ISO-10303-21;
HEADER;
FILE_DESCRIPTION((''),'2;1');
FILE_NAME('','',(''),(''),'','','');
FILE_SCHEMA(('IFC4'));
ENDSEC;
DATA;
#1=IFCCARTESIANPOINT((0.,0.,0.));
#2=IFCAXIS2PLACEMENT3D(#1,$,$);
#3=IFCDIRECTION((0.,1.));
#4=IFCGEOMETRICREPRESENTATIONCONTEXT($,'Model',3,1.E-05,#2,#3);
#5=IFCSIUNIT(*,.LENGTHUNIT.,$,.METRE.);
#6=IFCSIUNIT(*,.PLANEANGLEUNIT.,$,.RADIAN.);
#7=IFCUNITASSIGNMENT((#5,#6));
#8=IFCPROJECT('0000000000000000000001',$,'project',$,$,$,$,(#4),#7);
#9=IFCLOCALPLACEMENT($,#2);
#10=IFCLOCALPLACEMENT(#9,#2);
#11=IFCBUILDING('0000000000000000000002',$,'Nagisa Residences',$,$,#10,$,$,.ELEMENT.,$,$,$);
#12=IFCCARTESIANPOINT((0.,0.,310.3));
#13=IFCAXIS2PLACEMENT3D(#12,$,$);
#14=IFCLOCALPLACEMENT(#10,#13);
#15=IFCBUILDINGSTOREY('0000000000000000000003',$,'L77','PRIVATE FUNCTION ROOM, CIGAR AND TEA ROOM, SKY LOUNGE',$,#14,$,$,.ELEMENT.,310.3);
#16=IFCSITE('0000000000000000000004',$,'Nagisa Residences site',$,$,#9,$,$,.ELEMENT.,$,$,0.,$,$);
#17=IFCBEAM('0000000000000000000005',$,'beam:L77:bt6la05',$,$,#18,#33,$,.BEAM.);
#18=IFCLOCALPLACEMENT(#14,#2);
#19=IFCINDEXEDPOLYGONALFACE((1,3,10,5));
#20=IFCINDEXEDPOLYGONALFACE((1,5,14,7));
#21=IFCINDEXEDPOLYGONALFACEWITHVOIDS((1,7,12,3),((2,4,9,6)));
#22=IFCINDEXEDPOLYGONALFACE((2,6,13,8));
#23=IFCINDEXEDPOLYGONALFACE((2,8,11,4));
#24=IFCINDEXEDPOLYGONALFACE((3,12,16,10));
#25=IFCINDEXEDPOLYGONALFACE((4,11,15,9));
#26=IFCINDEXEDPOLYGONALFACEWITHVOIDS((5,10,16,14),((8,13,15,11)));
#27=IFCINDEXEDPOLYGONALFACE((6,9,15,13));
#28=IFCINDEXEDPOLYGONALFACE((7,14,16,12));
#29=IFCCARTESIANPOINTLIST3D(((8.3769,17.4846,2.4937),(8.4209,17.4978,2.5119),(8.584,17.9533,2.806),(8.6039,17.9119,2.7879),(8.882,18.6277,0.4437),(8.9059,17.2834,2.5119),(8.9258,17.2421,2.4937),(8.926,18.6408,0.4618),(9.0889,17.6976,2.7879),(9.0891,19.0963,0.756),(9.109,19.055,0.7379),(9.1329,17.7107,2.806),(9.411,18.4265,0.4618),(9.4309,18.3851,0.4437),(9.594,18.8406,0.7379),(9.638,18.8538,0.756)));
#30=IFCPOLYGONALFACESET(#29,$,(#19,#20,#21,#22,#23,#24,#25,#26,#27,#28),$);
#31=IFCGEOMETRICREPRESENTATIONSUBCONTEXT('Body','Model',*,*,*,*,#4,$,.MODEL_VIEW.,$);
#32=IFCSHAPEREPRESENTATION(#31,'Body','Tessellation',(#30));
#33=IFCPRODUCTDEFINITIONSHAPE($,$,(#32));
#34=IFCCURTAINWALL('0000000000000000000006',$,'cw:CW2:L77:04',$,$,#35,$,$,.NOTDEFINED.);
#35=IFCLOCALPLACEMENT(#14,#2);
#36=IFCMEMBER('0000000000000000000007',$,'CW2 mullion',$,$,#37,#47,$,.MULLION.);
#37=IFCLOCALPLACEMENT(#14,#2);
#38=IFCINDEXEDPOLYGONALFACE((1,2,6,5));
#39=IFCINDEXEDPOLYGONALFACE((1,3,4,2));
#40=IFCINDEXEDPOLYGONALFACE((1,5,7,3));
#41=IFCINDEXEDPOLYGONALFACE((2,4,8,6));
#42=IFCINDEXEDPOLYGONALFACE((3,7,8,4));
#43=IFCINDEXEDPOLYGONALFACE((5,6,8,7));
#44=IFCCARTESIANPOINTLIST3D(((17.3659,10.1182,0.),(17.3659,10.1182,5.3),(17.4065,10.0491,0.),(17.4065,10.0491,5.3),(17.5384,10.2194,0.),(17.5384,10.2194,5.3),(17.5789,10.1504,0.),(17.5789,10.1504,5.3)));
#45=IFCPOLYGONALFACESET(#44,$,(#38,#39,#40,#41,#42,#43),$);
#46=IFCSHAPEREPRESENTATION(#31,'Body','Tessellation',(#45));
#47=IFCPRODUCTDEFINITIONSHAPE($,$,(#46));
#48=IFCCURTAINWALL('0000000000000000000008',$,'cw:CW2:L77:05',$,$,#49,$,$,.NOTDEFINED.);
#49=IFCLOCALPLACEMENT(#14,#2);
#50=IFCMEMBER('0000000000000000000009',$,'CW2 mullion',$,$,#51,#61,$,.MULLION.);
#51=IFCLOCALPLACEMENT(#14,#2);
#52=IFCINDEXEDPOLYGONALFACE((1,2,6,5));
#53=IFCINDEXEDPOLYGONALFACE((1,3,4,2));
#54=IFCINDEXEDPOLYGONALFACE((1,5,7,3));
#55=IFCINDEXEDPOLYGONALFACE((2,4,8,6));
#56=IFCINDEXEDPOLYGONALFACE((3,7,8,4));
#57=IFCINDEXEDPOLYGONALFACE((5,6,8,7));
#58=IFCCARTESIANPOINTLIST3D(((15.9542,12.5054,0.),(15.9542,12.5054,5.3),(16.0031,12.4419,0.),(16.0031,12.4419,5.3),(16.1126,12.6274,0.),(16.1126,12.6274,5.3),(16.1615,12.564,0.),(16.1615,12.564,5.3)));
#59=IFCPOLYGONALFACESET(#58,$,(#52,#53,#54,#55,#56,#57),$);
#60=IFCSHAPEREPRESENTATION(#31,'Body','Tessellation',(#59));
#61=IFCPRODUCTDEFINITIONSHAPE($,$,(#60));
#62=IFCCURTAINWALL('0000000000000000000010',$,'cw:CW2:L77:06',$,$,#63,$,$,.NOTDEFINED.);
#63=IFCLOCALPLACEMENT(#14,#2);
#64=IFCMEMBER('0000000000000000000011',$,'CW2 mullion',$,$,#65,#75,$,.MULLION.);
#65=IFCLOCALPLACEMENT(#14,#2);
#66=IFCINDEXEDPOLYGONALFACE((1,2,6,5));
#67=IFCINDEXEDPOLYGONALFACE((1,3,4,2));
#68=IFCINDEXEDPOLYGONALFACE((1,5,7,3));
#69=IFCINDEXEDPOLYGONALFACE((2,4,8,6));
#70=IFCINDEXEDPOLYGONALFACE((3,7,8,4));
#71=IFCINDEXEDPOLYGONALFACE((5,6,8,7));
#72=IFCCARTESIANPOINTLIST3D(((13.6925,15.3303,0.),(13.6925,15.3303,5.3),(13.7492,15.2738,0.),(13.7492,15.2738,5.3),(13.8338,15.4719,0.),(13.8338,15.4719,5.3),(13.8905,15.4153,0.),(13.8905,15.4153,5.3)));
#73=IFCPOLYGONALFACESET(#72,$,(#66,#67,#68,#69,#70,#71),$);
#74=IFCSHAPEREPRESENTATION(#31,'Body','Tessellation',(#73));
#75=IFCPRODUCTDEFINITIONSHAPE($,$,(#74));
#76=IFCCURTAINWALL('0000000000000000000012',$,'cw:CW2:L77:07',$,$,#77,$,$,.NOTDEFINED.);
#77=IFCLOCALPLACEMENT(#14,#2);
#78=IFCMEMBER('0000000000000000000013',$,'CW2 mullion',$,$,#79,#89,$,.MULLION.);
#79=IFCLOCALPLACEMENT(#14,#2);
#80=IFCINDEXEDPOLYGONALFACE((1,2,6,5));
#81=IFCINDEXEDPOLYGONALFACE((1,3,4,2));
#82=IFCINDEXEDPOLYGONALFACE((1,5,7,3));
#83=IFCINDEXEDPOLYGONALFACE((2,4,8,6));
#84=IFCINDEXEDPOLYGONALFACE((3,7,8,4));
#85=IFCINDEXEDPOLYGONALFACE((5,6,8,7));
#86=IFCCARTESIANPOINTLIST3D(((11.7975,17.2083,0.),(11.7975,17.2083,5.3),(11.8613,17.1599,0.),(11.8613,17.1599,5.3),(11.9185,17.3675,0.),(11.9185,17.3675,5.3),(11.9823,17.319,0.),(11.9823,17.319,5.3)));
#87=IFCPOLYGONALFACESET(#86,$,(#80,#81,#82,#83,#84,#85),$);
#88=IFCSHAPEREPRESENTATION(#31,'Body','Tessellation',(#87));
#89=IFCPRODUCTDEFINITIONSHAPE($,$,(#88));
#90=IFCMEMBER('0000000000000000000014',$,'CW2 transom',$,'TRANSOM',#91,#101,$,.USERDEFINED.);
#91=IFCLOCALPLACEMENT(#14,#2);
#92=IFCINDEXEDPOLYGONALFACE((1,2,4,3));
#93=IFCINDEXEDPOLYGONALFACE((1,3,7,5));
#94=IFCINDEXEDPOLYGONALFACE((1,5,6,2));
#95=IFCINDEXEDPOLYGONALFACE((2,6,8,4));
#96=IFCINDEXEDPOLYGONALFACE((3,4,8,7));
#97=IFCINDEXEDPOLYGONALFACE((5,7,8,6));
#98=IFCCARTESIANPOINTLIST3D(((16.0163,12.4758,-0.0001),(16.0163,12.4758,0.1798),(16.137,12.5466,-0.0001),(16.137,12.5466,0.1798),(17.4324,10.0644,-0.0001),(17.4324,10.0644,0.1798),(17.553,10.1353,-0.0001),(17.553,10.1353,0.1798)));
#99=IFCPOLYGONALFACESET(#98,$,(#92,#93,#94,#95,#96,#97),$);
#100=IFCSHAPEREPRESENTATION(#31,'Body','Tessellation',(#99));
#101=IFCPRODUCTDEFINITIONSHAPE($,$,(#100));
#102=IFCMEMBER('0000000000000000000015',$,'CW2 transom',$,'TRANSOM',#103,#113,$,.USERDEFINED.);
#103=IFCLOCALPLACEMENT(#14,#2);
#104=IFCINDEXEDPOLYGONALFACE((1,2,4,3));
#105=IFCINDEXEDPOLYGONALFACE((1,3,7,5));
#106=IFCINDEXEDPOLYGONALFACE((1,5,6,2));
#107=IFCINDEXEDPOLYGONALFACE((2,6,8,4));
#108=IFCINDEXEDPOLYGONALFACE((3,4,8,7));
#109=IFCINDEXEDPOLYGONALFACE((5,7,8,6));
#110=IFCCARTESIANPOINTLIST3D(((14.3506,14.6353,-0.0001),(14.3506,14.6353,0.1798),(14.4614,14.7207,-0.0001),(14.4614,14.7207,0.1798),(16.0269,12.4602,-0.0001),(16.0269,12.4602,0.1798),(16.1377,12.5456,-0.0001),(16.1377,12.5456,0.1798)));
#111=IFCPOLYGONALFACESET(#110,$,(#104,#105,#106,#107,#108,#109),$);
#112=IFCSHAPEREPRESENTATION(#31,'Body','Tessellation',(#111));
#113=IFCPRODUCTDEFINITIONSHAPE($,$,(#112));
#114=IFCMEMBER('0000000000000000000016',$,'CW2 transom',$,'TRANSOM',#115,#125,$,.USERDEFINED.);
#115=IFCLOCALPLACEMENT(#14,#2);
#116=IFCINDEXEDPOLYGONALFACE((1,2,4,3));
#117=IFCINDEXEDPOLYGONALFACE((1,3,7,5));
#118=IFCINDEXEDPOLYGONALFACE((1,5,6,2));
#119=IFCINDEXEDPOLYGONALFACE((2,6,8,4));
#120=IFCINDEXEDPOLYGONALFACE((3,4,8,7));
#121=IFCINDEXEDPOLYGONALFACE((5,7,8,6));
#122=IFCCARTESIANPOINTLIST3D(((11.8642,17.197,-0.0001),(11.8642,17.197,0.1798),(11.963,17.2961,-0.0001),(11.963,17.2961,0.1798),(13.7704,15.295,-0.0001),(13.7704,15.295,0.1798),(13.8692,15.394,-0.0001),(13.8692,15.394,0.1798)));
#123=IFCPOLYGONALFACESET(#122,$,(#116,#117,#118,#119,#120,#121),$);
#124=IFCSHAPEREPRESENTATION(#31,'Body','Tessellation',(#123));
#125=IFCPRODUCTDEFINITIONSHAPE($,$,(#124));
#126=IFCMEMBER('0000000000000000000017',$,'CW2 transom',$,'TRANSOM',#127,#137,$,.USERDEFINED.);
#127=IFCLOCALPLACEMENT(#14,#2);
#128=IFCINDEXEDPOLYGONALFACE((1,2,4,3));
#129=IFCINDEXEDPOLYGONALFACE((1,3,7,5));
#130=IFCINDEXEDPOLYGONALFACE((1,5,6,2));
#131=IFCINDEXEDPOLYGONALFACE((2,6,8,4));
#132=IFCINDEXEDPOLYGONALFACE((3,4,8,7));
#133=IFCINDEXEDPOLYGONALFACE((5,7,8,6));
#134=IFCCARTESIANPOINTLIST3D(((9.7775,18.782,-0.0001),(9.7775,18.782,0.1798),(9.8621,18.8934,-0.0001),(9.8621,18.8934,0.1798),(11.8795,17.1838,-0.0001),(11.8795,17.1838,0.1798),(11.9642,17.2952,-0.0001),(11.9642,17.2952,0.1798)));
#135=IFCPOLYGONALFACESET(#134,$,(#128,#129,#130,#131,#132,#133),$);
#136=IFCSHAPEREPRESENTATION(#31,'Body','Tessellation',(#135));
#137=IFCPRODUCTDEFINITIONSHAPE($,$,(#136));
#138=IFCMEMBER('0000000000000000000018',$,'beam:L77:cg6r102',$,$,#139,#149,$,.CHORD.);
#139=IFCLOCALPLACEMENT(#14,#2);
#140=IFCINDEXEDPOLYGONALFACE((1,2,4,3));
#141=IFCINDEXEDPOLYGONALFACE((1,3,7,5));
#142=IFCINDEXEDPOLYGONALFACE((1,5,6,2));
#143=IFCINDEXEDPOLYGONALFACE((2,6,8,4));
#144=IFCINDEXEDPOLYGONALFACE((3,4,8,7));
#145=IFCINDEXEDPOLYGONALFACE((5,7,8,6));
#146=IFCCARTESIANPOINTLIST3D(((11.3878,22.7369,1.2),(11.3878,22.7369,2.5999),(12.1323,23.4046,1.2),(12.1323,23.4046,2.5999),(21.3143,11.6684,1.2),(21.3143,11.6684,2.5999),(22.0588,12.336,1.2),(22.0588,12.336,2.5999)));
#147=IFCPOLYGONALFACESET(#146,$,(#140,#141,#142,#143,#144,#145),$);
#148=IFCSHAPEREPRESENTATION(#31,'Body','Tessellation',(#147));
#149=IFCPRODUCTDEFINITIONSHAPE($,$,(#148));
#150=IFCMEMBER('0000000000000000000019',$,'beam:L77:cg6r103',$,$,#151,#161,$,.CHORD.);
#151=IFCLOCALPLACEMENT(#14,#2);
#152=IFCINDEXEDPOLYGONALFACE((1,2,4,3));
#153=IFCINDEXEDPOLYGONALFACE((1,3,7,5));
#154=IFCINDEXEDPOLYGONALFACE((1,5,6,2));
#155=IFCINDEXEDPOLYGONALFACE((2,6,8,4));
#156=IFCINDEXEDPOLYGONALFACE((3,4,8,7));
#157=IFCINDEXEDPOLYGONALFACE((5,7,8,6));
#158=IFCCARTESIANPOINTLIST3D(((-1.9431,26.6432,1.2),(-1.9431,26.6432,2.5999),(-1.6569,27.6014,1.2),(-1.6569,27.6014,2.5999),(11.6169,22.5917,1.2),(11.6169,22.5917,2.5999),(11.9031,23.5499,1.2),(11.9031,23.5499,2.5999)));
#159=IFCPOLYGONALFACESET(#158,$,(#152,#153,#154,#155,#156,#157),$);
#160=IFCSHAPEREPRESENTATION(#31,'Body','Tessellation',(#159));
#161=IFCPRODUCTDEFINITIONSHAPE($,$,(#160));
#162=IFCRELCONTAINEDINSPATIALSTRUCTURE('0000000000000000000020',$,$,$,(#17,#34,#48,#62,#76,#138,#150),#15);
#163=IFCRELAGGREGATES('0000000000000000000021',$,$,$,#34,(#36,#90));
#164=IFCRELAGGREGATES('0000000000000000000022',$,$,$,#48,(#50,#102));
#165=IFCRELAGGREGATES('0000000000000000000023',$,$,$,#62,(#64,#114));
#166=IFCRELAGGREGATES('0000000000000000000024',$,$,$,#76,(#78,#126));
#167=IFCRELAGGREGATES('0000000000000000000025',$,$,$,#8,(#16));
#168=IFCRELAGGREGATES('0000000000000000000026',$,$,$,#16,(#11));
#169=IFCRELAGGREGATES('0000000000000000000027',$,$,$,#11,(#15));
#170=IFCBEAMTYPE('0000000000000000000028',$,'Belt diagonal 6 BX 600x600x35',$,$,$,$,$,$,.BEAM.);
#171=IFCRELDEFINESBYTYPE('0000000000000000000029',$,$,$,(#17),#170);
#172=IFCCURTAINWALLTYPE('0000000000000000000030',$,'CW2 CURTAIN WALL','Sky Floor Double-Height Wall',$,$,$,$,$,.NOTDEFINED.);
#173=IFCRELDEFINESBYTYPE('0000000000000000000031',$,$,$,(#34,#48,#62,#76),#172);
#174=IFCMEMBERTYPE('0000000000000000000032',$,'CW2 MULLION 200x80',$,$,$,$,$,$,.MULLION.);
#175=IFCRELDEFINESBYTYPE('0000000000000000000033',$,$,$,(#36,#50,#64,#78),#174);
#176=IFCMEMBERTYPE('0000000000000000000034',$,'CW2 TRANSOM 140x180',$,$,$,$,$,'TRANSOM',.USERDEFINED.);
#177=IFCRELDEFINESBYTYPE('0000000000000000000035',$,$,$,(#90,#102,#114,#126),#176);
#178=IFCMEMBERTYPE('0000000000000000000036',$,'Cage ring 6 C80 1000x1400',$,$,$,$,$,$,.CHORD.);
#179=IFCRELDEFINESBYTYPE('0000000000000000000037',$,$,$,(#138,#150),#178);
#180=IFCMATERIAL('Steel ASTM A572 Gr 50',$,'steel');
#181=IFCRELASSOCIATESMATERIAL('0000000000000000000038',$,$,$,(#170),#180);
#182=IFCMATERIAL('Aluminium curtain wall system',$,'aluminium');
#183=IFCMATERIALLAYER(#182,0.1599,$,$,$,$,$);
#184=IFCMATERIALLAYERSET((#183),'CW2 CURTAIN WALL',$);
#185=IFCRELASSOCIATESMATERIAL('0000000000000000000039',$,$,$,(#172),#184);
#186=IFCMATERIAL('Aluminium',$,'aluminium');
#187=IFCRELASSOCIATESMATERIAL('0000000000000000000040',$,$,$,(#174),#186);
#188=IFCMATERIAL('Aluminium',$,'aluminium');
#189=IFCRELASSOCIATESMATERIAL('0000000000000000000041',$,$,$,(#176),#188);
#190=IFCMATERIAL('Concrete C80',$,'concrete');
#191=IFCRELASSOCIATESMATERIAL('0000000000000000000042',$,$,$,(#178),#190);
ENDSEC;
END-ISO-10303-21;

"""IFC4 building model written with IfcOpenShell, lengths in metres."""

from ifc_helpers import new_model, si_unit, direction, frame, origin, origin_2d, place, context, subcontext, project, spatial, rectangle, hollow_rectangle, extrude, material, layer, layer_set, material_profile, profile_set, type_object, element, aggregate, save


model = new_model("IFC4")

# Units and contexts
model_context = context("Model", 3, precision=1e-05, world=origin(), true_north=direction((0.0, 1.0)))
body_context = subcontext(model_context, "Body", "Model", "MODEL_VIEW")
ifc_project = project(units=[si_unit("LENGTHUNIT", "METRE"), si_unit("PLANEANGLEUNIT", "RADIAN")], contexts=[model_context])

# Site, building, storey
site_placement = place(None, origin())
site = spatial("IfcSite", under=ifc_project, at=site_placement, Name="Nagisa Residences site", CompositionType="ELEMENT", RefElevation=0.0)
building_placement = place(site_placement, origin())
building = spatial("IfcBuilding", under=site, at=building_placement, Name="Nagisa Residences", CompositionType="ELEMENT")
storey_placement = place(building_placement, frame((0.0, 0.0, 310.3)))
storey = spatial("IfcBuildingStorey", under=building, at=storey_placement, Name="L77", Description="PRIVATE FUNCTION ROOM, CIGAR AND TEA ROOM, SKY LOUNGE", CompositionType="ELEMENT", Elevation=310.3)

# Beam
ifc_material_1 = material(Name="Steel ASTM A572 Gr 50", Category="steel")
ifc_material_profile_1 = material_profile(ifc_material_1, hollow_rectangle(XDim=0.6001, YDim=0.6001, WallThickness=0.0349, at=origin_2d()), Name="BX 600x600x35")
ifc_profile_set_1 = profile_set([ifc_material_profile_1], Name="Steel ASTM A572 Gr 50")
beam_type_1 = type_object("IfcBeamType", Name="Belt diagonal 6 BX 600x600x35", PredefinedType="BEAM", material=ifc_profile_set_1)
beam_1_placement = place(storey_placement, frame((9.26, 18.7407, 0.5999), z_axis=(-0.210388, -0.476094, 0.853857), x_axis=(0.914671, -0.404198, 0.0)))
element("IfcBeam", 1, at=beam_1_placement, inside=storey, type_object=beam_type_1, Name="beam:L77:bt6la05", PredefinedType="BEAM", context=body_context, shape_type="SweptSolid", body=[
    extrude(hollow_rectangle(XDim=0.6001, YDim=0.6001, WallThickness=0.0349, at=origin_2d()), origin(), (0.0, 0.0, 1.0), 2.4009),
])

# Curtain walls, members
ifc_material_2 = material(Name="Aluminium curtain wall system", Category="aluminium")
ifc_layer_1 = layer(ifc_material_2, 0.1599)
ifc_layer_set_1 = layer_set([ifc_layer_1], Name="CW2 CURTAIN WALL")
curtain_wall_type = type_object("IfcCurtainWallType", Name="CW2 CURTAIN WALL", Description="Sky Floor Double-Height Wall", PredefinedType="NOTDEFINED", material=ifc_layer_set_1)
curtain_wall_1_placement = place(storey_placement, origin())
curtain_wall_1 = element("IfcCurtainWall", 2, at=curtain_wall_1_placement, inside=storey, type_object=curtain_wall_type, Name="cw:CW2:L77:04", PredefinedType="NOTDEFINED")
ifc_material_3 = material(Name="Aluminium", Category="aluminium")
ifc_material_profile_2 = material_profile(ifc_material_3, rectangle(XDim=0.2, YDim=0.0801, at=origin_2d()), Name="CW2 MULLION 200x80")
ifc_profile_set_2 = profile_set([ifc_material_profile_2], Name="Aluminium")
member_type_1 = type_object("IfcMemberType", Name="CW2 MULLION 200x80", PredefinedType="MULLION", material=ifc_profile_set_2)
member_1_placement = place(storey_placement, frame((17.4724, 10.1343, 0.0), z_axis=(0.0, 0.0, 1.0), x_axis=(-0.862329, -0.506349, 0.0)))
member_1 = element("IfcMember", 3, at=member_1_placement, type_object=member_type_1, Name="CW2 mullion", PredefinedType="MULLION", context=body_context, shape_type="SweptSolid", body=[
    extrude(rectangle(XDim=0.2, YDim=0.0801, at=origin_2d()), origin(), (0.0, 0.0, 1.0), 5.3),
])
curtain_wall_2_placement = place(storey_placement, origin())
curtain_wall_2 = element("IfcCurtainWall", 4, at=curtain_wall_2_placement, inside=storey, type_object=curtain_wall_type, Name="cw:CW2:L77:05", PredefinedType="NOTDEFINED")
member_2_placement = place(storey_placement, frame((16.0579, 12.5347, 0.0), z_axis=(0.0, 0.0, 1.0), x_axis=(-0.79207, -0.61043, 0.0)))
member_2 = element("IfcMember", 5, at=member_2_placement, type_object=member_type_1, Name="CW2 mullion", PredefinedType="MULLION", context=body_context, shape_type="SweptSolid", body=[
    extrude(rectangle(XDim=0.2, YDim=0.0801, at=origin_2d()), origin(), (0.0, 0.0, 1.0), 5.3),
])
curtain_wall_3_placement = place(storey_placement, origin())
curtain_wall_3 = element("IfcCurtainWall", 6, at=curtain_wall_3_placement, inside=storey, type_object=curtain_wall_type, Name="cw:CW2:L77:06", PredefinedType="NOTDEFINED")
member_3_placement = place(storey_placement, frame((13.7915, 15.3728, 0.0), z_axis=(0.0, 0.0, 1.0), x_axis=(-0.706377, -0.707836, 0.0)))
member_3 = element("IfcMember", 7, at=member_3_placement, type_object=member_type_1, Name="CW2 mullion", PredefinedType="MULLION", context=body_context, shape_type="SweptSolid", body=[
    extrude(rectangle(XDim=0.2, YDim=0.0801, at=origin_2d()), origin(), (0.0, 0.0, 1.0), 5.3),
])
curtain_wall_4_placement = place(storey_placement, origin())
curtain_wall_4 = element("IfcCurtainWall", 8, at=curtain_wall_4_placement, inside=storey, type_object=curtain_wall_type, Name="cw:CW2:L77:07", PredefinedType="NOTDEFINED")
member_4_placement = place(storey_placement, frame((11.8899, 17.2637, 0.0), z_axis=(0.0, 0.0, 1.0), x_axis=(-0.605255, -0.796031, 0.0)))
member_4 = element("IfcMember", 9, at=member_4_placement, type_object=member_type_1, Name="CW2 mullion", PredefinedType="MULLION", context=body_context, shape_type="SweptSolid", body=[
    extrude(rectangle(XDim=0.2, YDim=0.0801, at=origin_2d()), origin(), (0.0, 0.0, 1.0), 5.3),
])

# Members
ifc_material_4 = material(Name="Aluminium", Category="aluminium")
ifc_material_profile_3 = material_profile(ifc_material_4, rectangle(XDim=0.1399, YDim=0.1799, at=origin_2d()), Name="CW2 TRANSOM 140x180")
ifc_profile_set_3 = profile_set([ifc_material_profile_3], Name="Aluminium")
member_type_2 = type_object("IfcMemberType", Name="CW2 TRANSOM 140x180", ElementType="TRANSOM", PredefinedType="USERDEFINED", material=ifc_profile_set_3)
member_5_placement = place(storey_placement, frame((17.4927, 10.0999, 0.0898), z_axis=(-0.506371, 0.862316, 0.0), x_axis=(-0.862316, -0.506371, 0.0)))
member_5 = element("IfcMember", 10, at=member_5_placement, type_object=member_type_2, Name="CW2 transom", ObjectType="TRANSOM", PredefinedType="USERDEFINED", context=body_context, shape_type="SweptSolid", body=[
    extrude(rectangle(XDim=0.1399, YDim=0.1799, at=origin_2d()), origin(), (0.0, 0.0, 1.0), 2.7964),
])
member_6_placement = place(storey_placement, frame((16.0823, 12.5029, 0.0898), z_axis=(-0.610432, 0.792068, 0.0), x_axis=(-0.792068, -0.610432, 0.0)))
member_6 = element("IfcMember", 11, at=member_6_placement, type_object=member_type_2, Name="CW2 transom", ObjectType="TRANSOM", PredefinedType="USERDEFINED", context=body_context, shape_type="SweptSolid", body=[
    extrude(rectangle(XDim=0.1399, YDim=0.1799, at=origin_2d()), origin(), (0.0, 0.0, 1.0), 2.7461),
])
member_7_placement = place(storey_placement, frame((13.8198, 15.3445, 0.0898), z_axis=(-0.707877, 0.706336, 0.0), x_axis=(-0.706336, -0.707877, 0.0)))
member_7 = element("IfcMember", 12, at=member_7_placement, type_object=member_type_2, Name="CW2 transom", ObjectType="TRANSOM", PredefinedType="USERDEFINED", context=body_context, shape_type="SweptSolid", body=[
    extrude(rectangle(XDim=0.1399, YDim=0.1799, at=origin_2d()), origin(), (0.0, 0.0, 1.0), 2.6929),
])
member_8_placement = place(storey_placement, frame((11.9219, 17.2395, 0.0898), z_axis=(-0.796055, 0.605224, 0.0), x_axis=(-0.605224, -0.796055, 0.0)))
member_8 = element("IfcMember", 13, at=member_8_placement, type_object=member_type_2, Name="CW2 transom", ObjectType="TRANSOM", PredefinedType="USERDEFINED", context=body_context, shape_type="SweptSolid", body=[
    extrude(rectangle(XDim=0.1399, YDim=0.1799, at=origin_2d()), origin(), (0.0, 0.0, 1.0), 2.6406),
])

# Members
ifc_material_5 = material(Name="Concrete C80", Category="concrete")
ifc_material_profile_4 = material_profile(ifc_material_5, rectangle(XDim=1.0, YDim=1.3999, at=origin_2d()), Name="C80 1000x1400")
ifc_profile_set_4 = profile_set([ifc_material_profile_4], Name="Concrete C80")
member_type_3 = type_object("IfcMemberType", Name="Cage ring 6 C80 1000x1400", PredefinedType="CHORD", material=ifc_profile_set_4)
member_9_placement = place(storey_placement, frame((21.6865, 12.0022, 1.8999), z_axis=(-0.667655, 0.744471, 0.0), x_axis=(-0.744471, -0.667655, 0.0)))
element("IfcMember", 14, at=member_9_placement, inside=storey, type_object=member_type_3, Name="beam:L77:cg6r102", PredefinedType="CHORD", context=body_context, shape_type="SweptSolid", body=[
    extrude(rectangle(XDim=1.0, YDim=1.3999, at=origin_2d()), origin(), (0.0, 0.0, 1.0), 14.8677),
])
member_10_placement = place(storey_placement, frame((11.76, 23.0708, 1.8999), z_axis=(-0.958147, 0.286278, 0.0), x_axis=(-0.286278, -0.958147, 0.0)))
element("IfcMember", 15, at=member_10_placement, inside=storey, type_object=member_type_3, Name="beam:L77:cg6r103", PredefinedType="CHORD", context=body_context, shape_type="SweptSolid", body=[
    extrude(rectangle(XDim=1.0, YDim=1.3999, at=origin_2d()), origin(), (0.0, 0.0, 1.0), 14.1523),
])

aggregate(curtain_wall_1, [member_1, member_5])
aggregate(curtain_wall_2, [member_2, member_6])
aggregate(curtain_wall_3, [member_3, member_7])
aggregate(curtain_wall_4, [member_4, member_8])

save(model, "model.ifc")
